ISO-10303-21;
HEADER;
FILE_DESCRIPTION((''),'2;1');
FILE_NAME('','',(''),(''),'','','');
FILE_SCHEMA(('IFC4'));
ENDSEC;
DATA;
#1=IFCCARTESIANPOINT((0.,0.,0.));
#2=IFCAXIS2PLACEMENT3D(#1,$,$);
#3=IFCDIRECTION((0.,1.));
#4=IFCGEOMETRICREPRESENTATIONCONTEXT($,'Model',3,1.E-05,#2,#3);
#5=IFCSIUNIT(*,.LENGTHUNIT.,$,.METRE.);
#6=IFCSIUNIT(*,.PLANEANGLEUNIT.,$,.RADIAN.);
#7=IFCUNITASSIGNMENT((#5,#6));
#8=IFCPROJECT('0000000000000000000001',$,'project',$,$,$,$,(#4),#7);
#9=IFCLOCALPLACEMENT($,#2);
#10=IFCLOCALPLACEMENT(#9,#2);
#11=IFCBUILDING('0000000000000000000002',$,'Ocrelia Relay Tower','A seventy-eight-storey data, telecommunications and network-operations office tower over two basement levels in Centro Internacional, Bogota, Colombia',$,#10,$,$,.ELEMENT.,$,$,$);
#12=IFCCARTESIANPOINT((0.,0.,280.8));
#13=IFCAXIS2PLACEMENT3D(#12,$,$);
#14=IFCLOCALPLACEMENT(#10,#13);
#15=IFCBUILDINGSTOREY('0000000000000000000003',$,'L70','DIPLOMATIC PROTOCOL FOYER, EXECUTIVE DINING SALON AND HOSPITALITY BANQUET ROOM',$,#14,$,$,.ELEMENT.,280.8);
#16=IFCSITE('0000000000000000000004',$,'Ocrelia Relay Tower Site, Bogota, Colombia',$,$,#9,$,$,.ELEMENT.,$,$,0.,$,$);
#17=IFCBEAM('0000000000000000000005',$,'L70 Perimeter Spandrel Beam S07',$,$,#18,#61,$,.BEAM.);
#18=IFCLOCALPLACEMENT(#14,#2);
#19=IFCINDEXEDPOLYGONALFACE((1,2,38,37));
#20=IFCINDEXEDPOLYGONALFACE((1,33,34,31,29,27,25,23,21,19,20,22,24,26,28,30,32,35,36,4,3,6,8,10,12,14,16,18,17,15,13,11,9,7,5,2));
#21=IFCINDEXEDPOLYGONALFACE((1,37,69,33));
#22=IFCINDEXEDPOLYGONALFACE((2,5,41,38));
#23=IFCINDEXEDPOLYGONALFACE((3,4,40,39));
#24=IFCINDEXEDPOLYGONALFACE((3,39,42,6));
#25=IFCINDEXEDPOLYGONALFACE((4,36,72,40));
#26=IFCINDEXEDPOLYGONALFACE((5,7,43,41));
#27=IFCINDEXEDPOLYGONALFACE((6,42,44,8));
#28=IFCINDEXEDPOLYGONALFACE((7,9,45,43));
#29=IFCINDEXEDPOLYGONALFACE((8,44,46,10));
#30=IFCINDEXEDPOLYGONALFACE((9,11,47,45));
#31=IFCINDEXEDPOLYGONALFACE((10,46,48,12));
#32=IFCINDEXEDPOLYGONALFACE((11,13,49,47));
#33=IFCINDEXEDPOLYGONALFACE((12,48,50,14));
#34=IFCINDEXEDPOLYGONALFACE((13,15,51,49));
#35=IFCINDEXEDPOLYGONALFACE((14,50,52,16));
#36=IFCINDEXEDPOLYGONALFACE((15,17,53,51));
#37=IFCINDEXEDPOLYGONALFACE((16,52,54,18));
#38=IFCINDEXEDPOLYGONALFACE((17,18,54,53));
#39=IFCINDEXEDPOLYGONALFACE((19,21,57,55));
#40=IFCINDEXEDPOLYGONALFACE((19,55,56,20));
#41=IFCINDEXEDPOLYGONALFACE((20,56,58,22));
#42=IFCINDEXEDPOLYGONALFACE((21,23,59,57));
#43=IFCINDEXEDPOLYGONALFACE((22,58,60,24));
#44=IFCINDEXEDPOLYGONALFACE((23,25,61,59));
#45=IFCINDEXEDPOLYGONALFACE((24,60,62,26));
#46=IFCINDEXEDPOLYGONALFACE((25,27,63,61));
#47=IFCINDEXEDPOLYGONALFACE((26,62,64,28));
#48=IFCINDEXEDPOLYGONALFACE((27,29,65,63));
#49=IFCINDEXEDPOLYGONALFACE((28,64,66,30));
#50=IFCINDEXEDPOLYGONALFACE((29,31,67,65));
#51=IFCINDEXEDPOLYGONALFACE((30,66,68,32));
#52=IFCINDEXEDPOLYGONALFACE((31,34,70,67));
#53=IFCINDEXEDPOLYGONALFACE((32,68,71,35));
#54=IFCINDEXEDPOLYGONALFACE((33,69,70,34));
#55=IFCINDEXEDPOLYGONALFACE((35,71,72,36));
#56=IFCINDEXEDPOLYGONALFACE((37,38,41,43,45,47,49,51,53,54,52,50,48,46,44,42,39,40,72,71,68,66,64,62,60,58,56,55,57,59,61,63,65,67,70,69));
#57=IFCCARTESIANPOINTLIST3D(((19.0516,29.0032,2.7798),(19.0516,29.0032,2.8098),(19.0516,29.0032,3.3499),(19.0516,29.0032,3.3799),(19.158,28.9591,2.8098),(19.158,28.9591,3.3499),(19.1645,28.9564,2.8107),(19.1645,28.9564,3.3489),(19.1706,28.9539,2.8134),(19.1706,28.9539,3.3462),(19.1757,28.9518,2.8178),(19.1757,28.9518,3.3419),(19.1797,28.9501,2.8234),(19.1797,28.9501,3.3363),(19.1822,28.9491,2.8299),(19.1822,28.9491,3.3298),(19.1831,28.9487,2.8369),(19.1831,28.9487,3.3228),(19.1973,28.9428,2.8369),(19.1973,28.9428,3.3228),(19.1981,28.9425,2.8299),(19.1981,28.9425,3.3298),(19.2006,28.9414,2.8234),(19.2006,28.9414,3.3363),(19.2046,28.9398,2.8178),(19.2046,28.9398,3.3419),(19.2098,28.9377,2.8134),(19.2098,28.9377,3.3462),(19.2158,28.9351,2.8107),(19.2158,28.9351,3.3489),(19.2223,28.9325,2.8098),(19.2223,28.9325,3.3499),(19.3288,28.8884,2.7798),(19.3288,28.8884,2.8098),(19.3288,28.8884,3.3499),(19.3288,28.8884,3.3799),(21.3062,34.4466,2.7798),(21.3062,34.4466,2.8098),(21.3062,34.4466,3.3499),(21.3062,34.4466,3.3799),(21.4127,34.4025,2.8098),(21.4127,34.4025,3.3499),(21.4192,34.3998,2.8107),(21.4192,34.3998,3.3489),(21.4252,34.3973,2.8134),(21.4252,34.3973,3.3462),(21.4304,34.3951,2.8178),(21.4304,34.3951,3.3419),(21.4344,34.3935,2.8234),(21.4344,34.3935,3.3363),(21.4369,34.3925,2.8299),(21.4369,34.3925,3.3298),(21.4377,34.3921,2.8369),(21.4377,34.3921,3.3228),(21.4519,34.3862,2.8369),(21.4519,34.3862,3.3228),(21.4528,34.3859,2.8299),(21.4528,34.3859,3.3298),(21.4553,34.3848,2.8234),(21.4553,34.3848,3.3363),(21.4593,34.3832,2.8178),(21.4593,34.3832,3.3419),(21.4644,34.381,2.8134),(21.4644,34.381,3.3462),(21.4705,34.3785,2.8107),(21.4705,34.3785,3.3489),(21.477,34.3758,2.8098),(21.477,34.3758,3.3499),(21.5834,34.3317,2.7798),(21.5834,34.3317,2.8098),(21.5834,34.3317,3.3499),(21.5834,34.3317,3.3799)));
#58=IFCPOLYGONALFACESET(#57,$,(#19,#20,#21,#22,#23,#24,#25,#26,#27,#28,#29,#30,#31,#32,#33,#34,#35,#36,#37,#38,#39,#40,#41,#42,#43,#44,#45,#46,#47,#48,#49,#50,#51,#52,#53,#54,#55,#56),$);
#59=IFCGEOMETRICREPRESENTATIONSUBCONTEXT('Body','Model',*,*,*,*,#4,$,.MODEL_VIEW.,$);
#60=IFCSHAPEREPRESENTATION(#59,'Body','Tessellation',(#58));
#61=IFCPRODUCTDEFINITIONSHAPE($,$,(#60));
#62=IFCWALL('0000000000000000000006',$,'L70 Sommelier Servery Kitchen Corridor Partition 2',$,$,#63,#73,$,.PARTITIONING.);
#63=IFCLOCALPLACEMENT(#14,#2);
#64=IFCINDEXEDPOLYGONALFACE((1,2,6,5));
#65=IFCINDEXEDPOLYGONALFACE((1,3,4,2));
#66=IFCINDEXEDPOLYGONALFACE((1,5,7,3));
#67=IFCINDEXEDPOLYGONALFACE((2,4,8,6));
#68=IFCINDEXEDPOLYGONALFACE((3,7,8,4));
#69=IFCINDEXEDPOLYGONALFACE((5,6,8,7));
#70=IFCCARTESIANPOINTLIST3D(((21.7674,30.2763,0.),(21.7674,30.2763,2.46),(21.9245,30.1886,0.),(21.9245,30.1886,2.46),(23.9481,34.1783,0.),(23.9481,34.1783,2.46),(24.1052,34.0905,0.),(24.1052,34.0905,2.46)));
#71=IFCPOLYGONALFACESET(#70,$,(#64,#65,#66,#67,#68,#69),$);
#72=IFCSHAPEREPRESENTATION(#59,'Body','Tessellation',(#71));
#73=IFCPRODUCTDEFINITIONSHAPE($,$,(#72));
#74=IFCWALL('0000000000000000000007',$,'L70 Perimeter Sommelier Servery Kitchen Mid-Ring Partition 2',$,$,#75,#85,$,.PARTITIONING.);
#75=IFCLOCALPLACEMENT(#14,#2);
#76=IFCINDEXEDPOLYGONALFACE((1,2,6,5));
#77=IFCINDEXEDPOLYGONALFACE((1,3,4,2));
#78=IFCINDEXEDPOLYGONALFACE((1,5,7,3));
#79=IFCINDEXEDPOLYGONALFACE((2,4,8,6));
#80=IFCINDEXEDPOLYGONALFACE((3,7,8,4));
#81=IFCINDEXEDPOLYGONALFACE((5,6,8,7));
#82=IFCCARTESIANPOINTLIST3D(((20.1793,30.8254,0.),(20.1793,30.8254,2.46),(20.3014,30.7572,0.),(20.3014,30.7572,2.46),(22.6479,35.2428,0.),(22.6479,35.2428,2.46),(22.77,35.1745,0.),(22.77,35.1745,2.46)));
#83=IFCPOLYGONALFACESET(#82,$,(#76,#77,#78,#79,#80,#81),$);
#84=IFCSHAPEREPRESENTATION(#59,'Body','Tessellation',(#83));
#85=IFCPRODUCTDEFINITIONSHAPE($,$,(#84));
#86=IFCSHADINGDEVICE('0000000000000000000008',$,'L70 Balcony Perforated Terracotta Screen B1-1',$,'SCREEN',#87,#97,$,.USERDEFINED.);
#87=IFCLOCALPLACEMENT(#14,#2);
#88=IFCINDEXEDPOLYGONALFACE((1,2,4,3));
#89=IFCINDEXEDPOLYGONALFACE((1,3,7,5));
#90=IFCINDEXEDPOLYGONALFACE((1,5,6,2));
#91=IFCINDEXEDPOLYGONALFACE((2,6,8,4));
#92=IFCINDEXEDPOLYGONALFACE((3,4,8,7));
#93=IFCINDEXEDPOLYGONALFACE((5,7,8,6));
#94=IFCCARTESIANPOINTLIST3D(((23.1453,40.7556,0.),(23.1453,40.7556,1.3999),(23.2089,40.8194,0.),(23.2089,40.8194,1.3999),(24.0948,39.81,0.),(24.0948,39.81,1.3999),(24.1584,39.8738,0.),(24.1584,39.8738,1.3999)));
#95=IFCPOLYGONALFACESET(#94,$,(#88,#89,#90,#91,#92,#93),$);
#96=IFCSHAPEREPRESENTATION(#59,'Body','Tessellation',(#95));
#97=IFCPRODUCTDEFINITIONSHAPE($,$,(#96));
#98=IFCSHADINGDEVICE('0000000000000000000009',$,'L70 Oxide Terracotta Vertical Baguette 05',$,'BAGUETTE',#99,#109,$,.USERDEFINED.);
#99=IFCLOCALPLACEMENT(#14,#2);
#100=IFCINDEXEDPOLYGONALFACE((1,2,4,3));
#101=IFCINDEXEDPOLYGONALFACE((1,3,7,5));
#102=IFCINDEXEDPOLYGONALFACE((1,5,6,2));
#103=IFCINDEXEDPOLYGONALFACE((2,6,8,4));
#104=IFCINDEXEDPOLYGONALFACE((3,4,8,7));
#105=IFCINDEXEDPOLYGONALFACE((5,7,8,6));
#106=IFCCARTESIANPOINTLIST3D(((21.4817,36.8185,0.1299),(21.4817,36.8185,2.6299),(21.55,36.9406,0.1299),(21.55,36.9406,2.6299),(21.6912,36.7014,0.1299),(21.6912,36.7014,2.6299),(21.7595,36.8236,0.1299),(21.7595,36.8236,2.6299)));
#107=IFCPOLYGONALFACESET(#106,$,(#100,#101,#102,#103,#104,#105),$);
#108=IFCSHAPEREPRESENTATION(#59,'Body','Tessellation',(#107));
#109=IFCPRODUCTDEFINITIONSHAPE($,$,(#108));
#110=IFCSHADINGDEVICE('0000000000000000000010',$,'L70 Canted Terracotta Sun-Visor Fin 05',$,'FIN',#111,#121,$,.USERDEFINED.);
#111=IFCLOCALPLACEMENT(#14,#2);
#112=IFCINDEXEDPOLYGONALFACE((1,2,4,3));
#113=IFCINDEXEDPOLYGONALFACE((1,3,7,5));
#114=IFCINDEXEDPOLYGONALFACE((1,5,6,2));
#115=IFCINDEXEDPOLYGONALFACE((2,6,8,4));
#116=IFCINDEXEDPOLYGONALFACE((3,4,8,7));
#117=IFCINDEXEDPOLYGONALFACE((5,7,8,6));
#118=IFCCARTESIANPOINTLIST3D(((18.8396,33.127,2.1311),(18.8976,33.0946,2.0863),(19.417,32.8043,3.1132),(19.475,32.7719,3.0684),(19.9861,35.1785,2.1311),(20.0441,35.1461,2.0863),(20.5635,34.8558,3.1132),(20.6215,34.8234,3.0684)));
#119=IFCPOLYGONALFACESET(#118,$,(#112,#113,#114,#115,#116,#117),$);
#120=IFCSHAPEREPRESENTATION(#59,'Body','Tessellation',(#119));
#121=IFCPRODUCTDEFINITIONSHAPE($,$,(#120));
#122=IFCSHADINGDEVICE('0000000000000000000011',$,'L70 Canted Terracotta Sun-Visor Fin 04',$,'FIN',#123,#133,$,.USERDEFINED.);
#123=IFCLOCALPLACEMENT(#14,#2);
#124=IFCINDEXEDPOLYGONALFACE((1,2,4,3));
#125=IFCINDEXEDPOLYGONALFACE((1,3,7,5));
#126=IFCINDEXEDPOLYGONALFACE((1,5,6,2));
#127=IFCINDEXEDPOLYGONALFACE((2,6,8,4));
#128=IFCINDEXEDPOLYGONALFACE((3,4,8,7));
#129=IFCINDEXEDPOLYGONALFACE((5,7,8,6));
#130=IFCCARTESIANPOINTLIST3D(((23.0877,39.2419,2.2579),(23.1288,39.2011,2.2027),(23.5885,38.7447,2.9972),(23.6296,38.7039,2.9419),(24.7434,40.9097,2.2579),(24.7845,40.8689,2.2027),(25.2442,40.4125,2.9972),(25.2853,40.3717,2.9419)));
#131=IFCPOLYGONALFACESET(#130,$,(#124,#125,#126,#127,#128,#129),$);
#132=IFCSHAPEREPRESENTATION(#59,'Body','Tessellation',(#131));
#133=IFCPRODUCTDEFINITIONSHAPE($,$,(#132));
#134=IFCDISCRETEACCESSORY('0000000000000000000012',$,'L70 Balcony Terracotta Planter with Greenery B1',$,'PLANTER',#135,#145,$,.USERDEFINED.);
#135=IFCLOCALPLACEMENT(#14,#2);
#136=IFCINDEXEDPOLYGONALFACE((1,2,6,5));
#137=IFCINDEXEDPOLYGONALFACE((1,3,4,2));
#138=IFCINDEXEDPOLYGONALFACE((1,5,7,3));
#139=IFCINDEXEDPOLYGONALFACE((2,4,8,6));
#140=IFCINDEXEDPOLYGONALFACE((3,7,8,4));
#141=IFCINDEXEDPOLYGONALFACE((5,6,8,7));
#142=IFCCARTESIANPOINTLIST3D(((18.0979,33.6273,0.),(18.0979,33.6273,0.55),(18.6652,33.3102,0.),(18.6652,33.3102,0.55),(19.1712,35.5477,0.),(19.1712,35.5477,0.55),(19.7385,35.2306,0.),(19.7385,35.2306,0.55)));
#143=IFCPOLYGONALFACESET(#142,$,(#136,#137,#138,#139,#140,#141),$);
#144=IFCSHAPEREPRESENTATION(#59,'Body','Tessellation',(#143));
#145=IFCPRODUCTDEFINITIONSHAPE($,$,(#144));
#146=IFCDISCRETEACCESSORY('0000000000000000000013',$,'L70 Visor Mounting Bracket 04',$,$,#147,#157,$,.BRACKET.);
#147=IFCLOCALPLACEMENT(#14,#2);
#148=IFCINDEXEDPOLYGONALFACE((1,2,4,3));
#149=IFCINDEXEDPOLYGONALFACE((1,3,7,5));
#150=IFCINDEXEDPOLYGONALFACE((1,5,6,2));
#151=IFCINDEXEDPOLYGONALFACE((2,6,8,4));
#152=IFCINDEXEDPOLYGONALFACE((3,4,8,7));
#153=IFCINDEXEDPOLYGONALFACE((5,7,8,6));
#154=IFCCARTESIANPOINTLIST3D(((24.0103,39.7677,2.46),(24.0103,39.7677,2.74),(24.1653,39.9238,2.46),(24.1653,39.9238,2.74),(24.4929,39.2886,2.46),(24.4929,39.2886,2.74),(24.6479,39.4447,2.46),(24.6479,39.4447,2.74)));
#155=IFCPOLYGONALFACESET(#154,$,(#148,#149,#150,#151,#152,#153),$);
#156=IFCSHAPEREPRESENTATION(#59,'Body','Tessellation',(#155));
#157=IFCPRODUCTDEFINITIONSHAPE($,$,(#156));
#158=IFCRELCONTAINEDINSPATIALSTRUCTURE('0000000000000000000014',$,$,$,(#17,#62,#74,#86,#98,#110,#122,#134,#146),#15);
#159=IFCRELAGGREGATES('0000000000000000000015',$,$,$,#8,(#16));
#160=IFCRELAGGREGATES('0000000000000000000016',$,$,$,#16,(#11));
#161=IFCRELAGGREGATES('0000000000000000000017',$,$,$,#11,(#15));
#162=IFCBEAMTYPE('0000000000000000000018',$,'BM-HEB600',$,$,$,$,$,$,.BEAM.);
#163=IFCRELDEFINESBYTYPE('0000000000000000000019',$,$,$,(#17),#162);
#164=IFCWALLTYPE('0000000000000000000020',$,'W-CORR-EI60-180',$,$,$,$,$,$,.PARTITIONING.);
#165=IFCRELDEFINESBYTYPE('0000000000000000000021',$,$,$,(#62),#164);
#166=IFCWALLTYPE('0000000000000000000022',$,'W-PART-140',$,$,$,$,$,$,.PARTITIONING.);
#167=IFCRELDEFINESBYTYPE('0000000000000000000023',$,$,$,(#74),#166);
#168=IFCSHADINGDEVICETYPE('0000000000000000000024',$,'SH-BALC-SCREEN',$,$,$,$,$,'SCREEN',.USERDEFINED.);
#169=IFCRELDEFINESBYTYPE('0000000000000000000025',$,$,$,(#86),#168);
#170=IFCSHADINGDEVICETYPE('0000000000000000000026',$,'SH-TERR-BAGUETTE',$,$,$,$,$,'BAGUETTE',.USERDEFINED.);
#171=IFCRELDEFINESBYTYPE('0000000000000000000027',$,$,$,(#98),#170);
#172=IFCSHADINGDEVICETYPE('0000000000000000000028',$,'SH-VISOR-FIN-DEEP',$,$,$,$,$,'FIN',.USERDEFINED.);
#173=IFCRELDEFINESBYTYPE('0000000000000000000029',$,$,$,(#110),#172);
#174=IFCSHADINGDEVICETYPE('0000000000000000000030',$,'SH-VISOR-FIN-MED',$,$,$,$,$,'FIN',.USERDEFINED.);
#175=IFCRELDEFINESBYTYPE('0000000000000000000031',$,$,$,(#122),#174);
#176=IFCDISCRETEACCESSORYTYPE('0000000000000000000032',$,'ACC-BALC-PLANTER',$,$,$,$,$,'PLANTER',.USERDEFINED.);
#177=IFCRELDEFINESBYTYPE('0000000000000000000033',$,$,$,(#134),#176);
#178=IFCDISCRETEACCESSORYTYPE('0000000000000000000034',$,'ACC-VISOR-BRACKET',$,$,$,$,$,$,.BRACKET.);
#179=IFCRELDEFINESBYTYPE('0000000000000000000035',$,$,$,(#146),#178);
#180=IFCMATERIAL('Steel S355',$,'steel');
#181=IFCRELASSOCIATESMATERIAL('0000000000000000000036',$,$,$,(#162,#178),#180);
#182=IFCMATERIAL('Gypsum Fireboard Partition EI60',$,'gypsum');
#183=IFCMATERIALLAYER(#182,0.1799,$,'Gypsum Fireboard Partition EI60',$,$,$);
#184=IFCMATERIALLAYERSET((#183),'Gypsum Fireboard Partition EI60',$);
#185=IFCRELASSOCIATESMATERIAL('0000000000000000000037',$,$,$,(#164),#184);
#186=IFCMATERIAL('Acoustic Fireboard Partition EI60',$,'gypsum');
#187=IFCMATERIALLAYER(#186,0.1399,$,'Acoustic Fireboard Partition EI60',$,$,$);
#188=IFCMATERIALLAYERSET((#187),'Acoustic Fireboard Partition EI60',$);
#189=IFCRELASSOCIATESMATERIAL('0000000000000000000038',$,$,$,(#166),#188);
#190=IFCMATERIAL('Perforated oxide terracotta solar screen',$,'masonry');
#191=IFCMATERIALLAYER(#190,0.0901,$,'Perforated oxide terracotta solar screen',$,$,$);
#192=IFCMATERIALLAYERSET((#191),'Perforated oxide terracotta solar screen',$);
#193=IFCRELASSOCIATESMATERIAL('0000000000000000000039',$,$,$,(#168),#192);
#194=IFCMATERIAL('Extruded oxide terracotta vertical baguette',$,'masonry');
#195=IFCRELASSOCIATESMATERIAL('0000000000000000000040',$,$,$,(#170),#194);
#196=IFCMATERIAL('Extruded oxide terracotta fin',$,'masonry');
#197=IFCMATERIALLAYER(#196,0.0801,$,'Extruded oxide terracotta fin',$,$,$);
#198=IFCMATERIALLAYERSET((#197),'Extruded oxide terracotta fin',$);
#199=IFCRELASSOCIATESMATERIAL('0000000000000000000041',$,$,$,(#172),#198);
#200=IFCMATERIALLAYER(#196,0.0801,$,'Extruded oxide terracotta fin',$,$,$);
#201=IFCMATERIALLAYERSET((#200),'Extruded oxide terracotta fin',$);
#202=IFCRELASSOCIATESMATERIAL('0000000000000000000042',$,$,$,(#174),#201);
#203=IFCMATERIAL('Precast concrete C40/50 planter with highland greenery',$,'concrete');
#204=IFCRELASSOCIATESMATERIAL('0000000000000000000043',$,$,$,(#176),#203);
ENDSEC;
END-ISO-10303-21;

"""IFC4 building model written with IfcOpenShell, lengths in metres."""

from ifc_helpers import new_model, si_unit, direction, frame, frame_2d, origin, origin_2d, place, context, subcontext, project, spatial, rectangle, i_section, extrude, material, layer, layer_set, material_profile, profile_set, type_object, element, save


model = new_model("IFC4")

# Units and contexts
model_context = context("Model", 3, precision=1e-05, world=origin(), true_north=direction((0.0, 1.0)))
body_context = subcontext(model_context, "Body", "Model", "MODEL_VIEW")
ifc_project = project(units=[si_unit("LENGTHUNIT", "METRE"), si_unit("PLANEANGLEUNIT", "RADIAN")], contexts=[model_context])

# Site, building, storey
site_placement = place(None, origin())
site = spatial("IfcSite", under=ifc_project, at=site_placement, Name="Ocrelia Relay Tower Site, Bogota, Colombia", CompositionType="ELEMENT", RefElevation=0.0)
building_placement = place(site_placement, origin())
building = spatial("IfcBuilding", under=site, at=building_placement, Name="Ocrelia Relay Tower", Description="A seventy-eight-storey data, telecommunications and network-operations office tower over two basement levels in Centro Internacional, Bogota, Colombia", CompositionType="ELEMENT")
storey_placement = place(building_placement, frame((0.0, 0.0, 280.8)))
storey = spatial("IfcBuildingStorey", under=building, at=storey_placement, Name="L70", Description="DIPLOMATIC PROTOCOL FOYER, EXECUTIVE DINING SALON AND HOSPITALITY BANQUET ROOM", CompositionType="ELEMENT", Elevation=280.8)

# Beam
ifc_material_1 = material(Name="Steel S355", Category="steel")
ifc_material_profile_1 = material_profile(ifc_material_1, i_section(OverallWidth=0.3, OverallDepth=0.6001, WebThickness=0.0154, FlangeThickness=0.03, FilletRadius=0.0271, at=origin_2d()), Name="HEB 600")
ifc_profile_set_1 = profile_set([ifc_material_profile_1], Name="Steel S355")
beam_type_1 = type_object("IfcBeamType", Name="BM-HEB600", PredefinedType="BEAM", material=ifc_profile_set_1)
beam_1_placement = place(storey_placement, frame((21.4448, 34.3892, 3.0798), z_axis=(-0.382673, -0.923884, 0.0), x_axis=(0.923884, -0.382673, 0.0)))
element("IfcBeam", 1, at=beam_1_placement, inside=storey, type_object=beam_type_1, Name="L70 Perimeter Spandrel Beam S07", PredefinedType="BEAM", context=body_context, shape_type="SweptSolid", body=[
    extrude(i_section(OverallWidth=0.3, OverallDepth=0.6001, WebThickness=0.0154, FlangeThickness=0.03, FilletRadius=0.0271, at=origin_2d()), origin(), (0.0, 0.0, 1.0), 5.8918),
])

# Wall
ifc_material_2 = material(Name="Gypsum Fireboard Partition EI60", Category="gypsum")
ifc_layer_1 = layer(ifc_material_2, 0.1799, Name="Gypsum Fireboard Partition EI60")
ifc_layer_set_1 = layer_set([ifc_layer_1], Name="Gypsum Fireboard Partition EI60")
wall_type_1 = type_object("IfcWallType", Name="W-CORR-EI60-180", PredefinedType="PARTITIONING", material=ifc_layer_set_1)
wall_1_placement = place(storey_placement, frame((24.0266, 34.1343, 0.0), z_axis=(0.0, 0.0, 1.0), x_axis=(-0.487858, -0.872923, 0.0)))
element("IfcWall", 2, at=wall_1_placement, inside=storey, type_object=wall_type_1, Name="L70 Sommelier Servery Kitchen Corridor Partition 2", PredefinedType="PARTITIONING", context=body_context, shape_type="SweptSolid", body=[
    extrude(rectangle(XDim=4.47, YDim=0.1799, at=frame_2d((2.2349, 0.0))), origin(), (0.0, 0.0, 1.0), 2.46),
])

# Wall
ifc_material_3 = material(Name="Acoustic Fireboard Partition EI60", Category="gypsum")
ifc_layer_2 = layer(ifc_material_3, 0.1399, Name="Acoustic Fireboard Partition EI60")
ifc_layer_set_2 = layer_set([ifc_layer_2], Name="Acoustic Fireboard Partition EI60")
wall_type_2 = type_object("IfcWallType", Name="W-PART-140", PredefinedType="PARTITIONING", material=ifc_layer_set_2)
wall_2_placement = place(storey_placement, frame((22.709, 35.2087, 0.0), z_axis=(0.0, 0.0, 1.0), x_axis=(-0.487829, -0.872939, 0.0)))
element("IfcWall", 3, at=wall_2_placement, inside=storey, type_object=wall_type_2, Name="L70 Perimeter Sommelier Servery Kitchen Mid-Ring Partition 2", PredefinedType="PARTITIONING", context=body_context, shape_type="SweptSolid", body=[
    extrude(rectangle(XDim=5.0603, YDim=0.1399, at=frame_2d((2.5303, 0.0))), origin(), (0.0, 0.0, 1.0), 2.46),
])

# Shading devices
ifc_material_4 = material(Name="Perforated oxide terracotta solar screen", Category="masonry")
ifc_layer_3 = layer(ifc_material_4, 0.0901, Name="Perforated oxide terracotta solar screen")
ifc_layer_set_3 = layer_set([ifc_layer_3], Name="Perforated oxide terracotta solar screen")
shading_device_type_1 = type_object("IfcShadingDeviceType", Name="SH-BALC-SCREEN", ElementType="SCREEN", PredefinedType="USERDEFINED", material=ifc_layer_set_3)
shading_device_1_placement = place(storey_placement, frame((23.6519, 40.3147, 0.0), z_axis=(0.0, 0.0, 1.0), x_axis=(-0.708576, 0.705634, 0.0)))
element("IfcShadingDevice", 4, at=shading_device_1_placement, inside=storey, type_object=shading_device_type_1, Name="L70 Balcony Perforated Terracotta Screen B1-1", ObjectType="SCREEN", PredefinedType="USERDEFINED", context=body_context, shape_type="SweptSolid", body=[
    extrude(rectangle(XDim=1.3401, YDim=0.0901, at=origin_2d()), origin(), (0.0, 0.0, 1.0), 1.3999),
])
ifc_material_5 = material(Name="Extruded oxide terracotta vertical baguette", Category="masonry")
shading_device_type_2 = type_object("IfcShadingDeviceType", Name="SH-TERR-BAGUETTE", ElementType="BAGUETTE", PredefinedType="USERDEFINED", material=ifc_material_5)
shading_device_2_placement = place(storey_placement, frame((21.6206, 36.821, 0.1299), z_axis=(0.0, 0.0, 1.0), x_axis=(-0.487864, -0.87292, 0.0)))
element("IfcShadingDevice", 5, at=shading_device_2_placement, inside=storey, type_object=shading_device_type_2, Name="L70 Oxide Terracotta Vertical Baguette 05", ObjectType="BAGUETTE", PredefinedType="USERDEFINED", context=body_context, shape_type="SweptSolid", body=[
    extrude(rectangle(XDim=0.1399, YDim=0.24, at=origin_2d()), origin(), (0.0, 0.0, 1.0), 2.5),
])
ifc_material_6 = material(Name="Extruded oxide terracotta fin", Category="masonry")
ifc_layer_4 = layer(ifc_material_6, 0.0801, Name="Extruded oxide terracotta fin")
ifc_layer_set_4 = layer_set([ifc_layer_4], Name="Extruded oxide terracotta fin")
shading_device_type_3 = type_object("IfcShadingDeviceType", Name="SH-VISOR-FIN-DEEP", ElementType="FIN", PredefinedType="USERDEFINED", material=ifc_layer_set_4)
shading_device_3_placement = place(storey_placement, frame((19.7595, 33.959, 2.5774), z_axis=(-0.724024, 0.404648, 0.558614), x_axis=(-0.487864, -0.87292, 0.0)))
element("IfcShadingDevice", 6, at=shading_device_3_placement, inside=storey, type_object=shading_device_type_3, Name="L70 Canted Terracotta Sun-Visor Fin 05", ObjectType="FIN", PredefinedType="USERDEFINED", context=body_context, shape_type="SweptSolid", body=[
    extrude(rectangle(XDim=2.3501, YDim=1.1841, at=origin_2d()), origin(), (0.0, 0.0, 1.0), 0.0801),
])
ifc_layer_5 = layer(ifc_material_6, 0.0801, Name="Extruded oxide terracotta fin")
ifc_layer_set_5 = layer_set([ifc_layer_5], Name="Extruded oxide terracotta fin")
shading_device_type_4 = type_object("IfcShadingDeviceType", Name="SH-VISOR-FIN-MED", ElementType="FIN", PredefinedType="USERDEFINED", material=ifc_layer_set_5)
shading_device_4_placement = place(storey_placement, frame((24.207, 39.7864, 2.5723), z_axis=(-0.513328, 0.509607, 0.690504), x_axis=(-0.70453, -0.709674, 0.0)))
element("IfcShadingDevice", 7, at=shading_device_4_placement, inside=storey, type_object=shading_device_type_4, Name="L70 Canted Terracotta Sun-Visor Fin 04", ObjectType="FIN", PredefinedType="USERDEFINED", context=body_context, shape_type="SweptSolid", body=[
    extrude(rectangle(XDim=2.3501, YDim=1.022, at=origin_2d()), origin(), (0.0, 0.0, 1.0), 0.0801),
])

# Discrete accessories
ifc_material_7 = material(Name="Precast concrete C40/50 planter with highland greenery", Category="concrete")
discrete_accessory_type_1 = type_object("IfcDiscreteAccessoryType", Name="ACC-BALC-PLANTER", ElementType="PLANTER", PredefinedType="USERDEFINED", material=ifc_material_7)
discrete_accessory_1_placement = place(storey_placement, frame((18.9182, 34.429, 0.0), z_axis=(0.0, 0.0, 1.0), x_axis=(0.48786, 0.872922, 0.0)))
element("IfcDiscreteAccessory", 8, at=discrete_accessory_1_placement, inside=storey, type_object=discrete_accessory_type_1, Name="L70 Balcony Terracotta Planter with Greenery B1", ObjectType="PLANTER", PredefinedType="USERDEFINED", context=body_context, shape_type="SweptSolid", body=[
    extrude(rectangle(XDim=2.2, YDim=0.6499, at=origin_2d()), origin(), (0.0, 0.0, 1.0), 0.55),
])
discrete_accessory_type_2 = type_object("IfcDiscreteAccessoryType", Name="ACC-VISOR-BRACKET", PredefinedType="BRACKET", material=ifc_material_1)
discrete_accessory_2_placement = place(storey_placement, frame((24.3291, 39.6062, 2.46), z_axis=(0.0, 0.0, 1.0), x_axis=(-0.70453, -0.709674, 0.0)))
element("IfcDiscreteAccessory", 9, at=discrete_accessory_2_placement, inside=storey, type_object=discrete_accessory_type_2, Name="L70 Visor Mounting Bracket 04", PredefinedType="BRACKET", context=body_context, shape_type="SweptSolid", body=[
    extrude(rectangle(XDim=0.22, YDim=0.6799, at=origin_2d()), origin(), (0.0, 0.0, 1.0), 0.28),
])

save(model, "model.ifc")
